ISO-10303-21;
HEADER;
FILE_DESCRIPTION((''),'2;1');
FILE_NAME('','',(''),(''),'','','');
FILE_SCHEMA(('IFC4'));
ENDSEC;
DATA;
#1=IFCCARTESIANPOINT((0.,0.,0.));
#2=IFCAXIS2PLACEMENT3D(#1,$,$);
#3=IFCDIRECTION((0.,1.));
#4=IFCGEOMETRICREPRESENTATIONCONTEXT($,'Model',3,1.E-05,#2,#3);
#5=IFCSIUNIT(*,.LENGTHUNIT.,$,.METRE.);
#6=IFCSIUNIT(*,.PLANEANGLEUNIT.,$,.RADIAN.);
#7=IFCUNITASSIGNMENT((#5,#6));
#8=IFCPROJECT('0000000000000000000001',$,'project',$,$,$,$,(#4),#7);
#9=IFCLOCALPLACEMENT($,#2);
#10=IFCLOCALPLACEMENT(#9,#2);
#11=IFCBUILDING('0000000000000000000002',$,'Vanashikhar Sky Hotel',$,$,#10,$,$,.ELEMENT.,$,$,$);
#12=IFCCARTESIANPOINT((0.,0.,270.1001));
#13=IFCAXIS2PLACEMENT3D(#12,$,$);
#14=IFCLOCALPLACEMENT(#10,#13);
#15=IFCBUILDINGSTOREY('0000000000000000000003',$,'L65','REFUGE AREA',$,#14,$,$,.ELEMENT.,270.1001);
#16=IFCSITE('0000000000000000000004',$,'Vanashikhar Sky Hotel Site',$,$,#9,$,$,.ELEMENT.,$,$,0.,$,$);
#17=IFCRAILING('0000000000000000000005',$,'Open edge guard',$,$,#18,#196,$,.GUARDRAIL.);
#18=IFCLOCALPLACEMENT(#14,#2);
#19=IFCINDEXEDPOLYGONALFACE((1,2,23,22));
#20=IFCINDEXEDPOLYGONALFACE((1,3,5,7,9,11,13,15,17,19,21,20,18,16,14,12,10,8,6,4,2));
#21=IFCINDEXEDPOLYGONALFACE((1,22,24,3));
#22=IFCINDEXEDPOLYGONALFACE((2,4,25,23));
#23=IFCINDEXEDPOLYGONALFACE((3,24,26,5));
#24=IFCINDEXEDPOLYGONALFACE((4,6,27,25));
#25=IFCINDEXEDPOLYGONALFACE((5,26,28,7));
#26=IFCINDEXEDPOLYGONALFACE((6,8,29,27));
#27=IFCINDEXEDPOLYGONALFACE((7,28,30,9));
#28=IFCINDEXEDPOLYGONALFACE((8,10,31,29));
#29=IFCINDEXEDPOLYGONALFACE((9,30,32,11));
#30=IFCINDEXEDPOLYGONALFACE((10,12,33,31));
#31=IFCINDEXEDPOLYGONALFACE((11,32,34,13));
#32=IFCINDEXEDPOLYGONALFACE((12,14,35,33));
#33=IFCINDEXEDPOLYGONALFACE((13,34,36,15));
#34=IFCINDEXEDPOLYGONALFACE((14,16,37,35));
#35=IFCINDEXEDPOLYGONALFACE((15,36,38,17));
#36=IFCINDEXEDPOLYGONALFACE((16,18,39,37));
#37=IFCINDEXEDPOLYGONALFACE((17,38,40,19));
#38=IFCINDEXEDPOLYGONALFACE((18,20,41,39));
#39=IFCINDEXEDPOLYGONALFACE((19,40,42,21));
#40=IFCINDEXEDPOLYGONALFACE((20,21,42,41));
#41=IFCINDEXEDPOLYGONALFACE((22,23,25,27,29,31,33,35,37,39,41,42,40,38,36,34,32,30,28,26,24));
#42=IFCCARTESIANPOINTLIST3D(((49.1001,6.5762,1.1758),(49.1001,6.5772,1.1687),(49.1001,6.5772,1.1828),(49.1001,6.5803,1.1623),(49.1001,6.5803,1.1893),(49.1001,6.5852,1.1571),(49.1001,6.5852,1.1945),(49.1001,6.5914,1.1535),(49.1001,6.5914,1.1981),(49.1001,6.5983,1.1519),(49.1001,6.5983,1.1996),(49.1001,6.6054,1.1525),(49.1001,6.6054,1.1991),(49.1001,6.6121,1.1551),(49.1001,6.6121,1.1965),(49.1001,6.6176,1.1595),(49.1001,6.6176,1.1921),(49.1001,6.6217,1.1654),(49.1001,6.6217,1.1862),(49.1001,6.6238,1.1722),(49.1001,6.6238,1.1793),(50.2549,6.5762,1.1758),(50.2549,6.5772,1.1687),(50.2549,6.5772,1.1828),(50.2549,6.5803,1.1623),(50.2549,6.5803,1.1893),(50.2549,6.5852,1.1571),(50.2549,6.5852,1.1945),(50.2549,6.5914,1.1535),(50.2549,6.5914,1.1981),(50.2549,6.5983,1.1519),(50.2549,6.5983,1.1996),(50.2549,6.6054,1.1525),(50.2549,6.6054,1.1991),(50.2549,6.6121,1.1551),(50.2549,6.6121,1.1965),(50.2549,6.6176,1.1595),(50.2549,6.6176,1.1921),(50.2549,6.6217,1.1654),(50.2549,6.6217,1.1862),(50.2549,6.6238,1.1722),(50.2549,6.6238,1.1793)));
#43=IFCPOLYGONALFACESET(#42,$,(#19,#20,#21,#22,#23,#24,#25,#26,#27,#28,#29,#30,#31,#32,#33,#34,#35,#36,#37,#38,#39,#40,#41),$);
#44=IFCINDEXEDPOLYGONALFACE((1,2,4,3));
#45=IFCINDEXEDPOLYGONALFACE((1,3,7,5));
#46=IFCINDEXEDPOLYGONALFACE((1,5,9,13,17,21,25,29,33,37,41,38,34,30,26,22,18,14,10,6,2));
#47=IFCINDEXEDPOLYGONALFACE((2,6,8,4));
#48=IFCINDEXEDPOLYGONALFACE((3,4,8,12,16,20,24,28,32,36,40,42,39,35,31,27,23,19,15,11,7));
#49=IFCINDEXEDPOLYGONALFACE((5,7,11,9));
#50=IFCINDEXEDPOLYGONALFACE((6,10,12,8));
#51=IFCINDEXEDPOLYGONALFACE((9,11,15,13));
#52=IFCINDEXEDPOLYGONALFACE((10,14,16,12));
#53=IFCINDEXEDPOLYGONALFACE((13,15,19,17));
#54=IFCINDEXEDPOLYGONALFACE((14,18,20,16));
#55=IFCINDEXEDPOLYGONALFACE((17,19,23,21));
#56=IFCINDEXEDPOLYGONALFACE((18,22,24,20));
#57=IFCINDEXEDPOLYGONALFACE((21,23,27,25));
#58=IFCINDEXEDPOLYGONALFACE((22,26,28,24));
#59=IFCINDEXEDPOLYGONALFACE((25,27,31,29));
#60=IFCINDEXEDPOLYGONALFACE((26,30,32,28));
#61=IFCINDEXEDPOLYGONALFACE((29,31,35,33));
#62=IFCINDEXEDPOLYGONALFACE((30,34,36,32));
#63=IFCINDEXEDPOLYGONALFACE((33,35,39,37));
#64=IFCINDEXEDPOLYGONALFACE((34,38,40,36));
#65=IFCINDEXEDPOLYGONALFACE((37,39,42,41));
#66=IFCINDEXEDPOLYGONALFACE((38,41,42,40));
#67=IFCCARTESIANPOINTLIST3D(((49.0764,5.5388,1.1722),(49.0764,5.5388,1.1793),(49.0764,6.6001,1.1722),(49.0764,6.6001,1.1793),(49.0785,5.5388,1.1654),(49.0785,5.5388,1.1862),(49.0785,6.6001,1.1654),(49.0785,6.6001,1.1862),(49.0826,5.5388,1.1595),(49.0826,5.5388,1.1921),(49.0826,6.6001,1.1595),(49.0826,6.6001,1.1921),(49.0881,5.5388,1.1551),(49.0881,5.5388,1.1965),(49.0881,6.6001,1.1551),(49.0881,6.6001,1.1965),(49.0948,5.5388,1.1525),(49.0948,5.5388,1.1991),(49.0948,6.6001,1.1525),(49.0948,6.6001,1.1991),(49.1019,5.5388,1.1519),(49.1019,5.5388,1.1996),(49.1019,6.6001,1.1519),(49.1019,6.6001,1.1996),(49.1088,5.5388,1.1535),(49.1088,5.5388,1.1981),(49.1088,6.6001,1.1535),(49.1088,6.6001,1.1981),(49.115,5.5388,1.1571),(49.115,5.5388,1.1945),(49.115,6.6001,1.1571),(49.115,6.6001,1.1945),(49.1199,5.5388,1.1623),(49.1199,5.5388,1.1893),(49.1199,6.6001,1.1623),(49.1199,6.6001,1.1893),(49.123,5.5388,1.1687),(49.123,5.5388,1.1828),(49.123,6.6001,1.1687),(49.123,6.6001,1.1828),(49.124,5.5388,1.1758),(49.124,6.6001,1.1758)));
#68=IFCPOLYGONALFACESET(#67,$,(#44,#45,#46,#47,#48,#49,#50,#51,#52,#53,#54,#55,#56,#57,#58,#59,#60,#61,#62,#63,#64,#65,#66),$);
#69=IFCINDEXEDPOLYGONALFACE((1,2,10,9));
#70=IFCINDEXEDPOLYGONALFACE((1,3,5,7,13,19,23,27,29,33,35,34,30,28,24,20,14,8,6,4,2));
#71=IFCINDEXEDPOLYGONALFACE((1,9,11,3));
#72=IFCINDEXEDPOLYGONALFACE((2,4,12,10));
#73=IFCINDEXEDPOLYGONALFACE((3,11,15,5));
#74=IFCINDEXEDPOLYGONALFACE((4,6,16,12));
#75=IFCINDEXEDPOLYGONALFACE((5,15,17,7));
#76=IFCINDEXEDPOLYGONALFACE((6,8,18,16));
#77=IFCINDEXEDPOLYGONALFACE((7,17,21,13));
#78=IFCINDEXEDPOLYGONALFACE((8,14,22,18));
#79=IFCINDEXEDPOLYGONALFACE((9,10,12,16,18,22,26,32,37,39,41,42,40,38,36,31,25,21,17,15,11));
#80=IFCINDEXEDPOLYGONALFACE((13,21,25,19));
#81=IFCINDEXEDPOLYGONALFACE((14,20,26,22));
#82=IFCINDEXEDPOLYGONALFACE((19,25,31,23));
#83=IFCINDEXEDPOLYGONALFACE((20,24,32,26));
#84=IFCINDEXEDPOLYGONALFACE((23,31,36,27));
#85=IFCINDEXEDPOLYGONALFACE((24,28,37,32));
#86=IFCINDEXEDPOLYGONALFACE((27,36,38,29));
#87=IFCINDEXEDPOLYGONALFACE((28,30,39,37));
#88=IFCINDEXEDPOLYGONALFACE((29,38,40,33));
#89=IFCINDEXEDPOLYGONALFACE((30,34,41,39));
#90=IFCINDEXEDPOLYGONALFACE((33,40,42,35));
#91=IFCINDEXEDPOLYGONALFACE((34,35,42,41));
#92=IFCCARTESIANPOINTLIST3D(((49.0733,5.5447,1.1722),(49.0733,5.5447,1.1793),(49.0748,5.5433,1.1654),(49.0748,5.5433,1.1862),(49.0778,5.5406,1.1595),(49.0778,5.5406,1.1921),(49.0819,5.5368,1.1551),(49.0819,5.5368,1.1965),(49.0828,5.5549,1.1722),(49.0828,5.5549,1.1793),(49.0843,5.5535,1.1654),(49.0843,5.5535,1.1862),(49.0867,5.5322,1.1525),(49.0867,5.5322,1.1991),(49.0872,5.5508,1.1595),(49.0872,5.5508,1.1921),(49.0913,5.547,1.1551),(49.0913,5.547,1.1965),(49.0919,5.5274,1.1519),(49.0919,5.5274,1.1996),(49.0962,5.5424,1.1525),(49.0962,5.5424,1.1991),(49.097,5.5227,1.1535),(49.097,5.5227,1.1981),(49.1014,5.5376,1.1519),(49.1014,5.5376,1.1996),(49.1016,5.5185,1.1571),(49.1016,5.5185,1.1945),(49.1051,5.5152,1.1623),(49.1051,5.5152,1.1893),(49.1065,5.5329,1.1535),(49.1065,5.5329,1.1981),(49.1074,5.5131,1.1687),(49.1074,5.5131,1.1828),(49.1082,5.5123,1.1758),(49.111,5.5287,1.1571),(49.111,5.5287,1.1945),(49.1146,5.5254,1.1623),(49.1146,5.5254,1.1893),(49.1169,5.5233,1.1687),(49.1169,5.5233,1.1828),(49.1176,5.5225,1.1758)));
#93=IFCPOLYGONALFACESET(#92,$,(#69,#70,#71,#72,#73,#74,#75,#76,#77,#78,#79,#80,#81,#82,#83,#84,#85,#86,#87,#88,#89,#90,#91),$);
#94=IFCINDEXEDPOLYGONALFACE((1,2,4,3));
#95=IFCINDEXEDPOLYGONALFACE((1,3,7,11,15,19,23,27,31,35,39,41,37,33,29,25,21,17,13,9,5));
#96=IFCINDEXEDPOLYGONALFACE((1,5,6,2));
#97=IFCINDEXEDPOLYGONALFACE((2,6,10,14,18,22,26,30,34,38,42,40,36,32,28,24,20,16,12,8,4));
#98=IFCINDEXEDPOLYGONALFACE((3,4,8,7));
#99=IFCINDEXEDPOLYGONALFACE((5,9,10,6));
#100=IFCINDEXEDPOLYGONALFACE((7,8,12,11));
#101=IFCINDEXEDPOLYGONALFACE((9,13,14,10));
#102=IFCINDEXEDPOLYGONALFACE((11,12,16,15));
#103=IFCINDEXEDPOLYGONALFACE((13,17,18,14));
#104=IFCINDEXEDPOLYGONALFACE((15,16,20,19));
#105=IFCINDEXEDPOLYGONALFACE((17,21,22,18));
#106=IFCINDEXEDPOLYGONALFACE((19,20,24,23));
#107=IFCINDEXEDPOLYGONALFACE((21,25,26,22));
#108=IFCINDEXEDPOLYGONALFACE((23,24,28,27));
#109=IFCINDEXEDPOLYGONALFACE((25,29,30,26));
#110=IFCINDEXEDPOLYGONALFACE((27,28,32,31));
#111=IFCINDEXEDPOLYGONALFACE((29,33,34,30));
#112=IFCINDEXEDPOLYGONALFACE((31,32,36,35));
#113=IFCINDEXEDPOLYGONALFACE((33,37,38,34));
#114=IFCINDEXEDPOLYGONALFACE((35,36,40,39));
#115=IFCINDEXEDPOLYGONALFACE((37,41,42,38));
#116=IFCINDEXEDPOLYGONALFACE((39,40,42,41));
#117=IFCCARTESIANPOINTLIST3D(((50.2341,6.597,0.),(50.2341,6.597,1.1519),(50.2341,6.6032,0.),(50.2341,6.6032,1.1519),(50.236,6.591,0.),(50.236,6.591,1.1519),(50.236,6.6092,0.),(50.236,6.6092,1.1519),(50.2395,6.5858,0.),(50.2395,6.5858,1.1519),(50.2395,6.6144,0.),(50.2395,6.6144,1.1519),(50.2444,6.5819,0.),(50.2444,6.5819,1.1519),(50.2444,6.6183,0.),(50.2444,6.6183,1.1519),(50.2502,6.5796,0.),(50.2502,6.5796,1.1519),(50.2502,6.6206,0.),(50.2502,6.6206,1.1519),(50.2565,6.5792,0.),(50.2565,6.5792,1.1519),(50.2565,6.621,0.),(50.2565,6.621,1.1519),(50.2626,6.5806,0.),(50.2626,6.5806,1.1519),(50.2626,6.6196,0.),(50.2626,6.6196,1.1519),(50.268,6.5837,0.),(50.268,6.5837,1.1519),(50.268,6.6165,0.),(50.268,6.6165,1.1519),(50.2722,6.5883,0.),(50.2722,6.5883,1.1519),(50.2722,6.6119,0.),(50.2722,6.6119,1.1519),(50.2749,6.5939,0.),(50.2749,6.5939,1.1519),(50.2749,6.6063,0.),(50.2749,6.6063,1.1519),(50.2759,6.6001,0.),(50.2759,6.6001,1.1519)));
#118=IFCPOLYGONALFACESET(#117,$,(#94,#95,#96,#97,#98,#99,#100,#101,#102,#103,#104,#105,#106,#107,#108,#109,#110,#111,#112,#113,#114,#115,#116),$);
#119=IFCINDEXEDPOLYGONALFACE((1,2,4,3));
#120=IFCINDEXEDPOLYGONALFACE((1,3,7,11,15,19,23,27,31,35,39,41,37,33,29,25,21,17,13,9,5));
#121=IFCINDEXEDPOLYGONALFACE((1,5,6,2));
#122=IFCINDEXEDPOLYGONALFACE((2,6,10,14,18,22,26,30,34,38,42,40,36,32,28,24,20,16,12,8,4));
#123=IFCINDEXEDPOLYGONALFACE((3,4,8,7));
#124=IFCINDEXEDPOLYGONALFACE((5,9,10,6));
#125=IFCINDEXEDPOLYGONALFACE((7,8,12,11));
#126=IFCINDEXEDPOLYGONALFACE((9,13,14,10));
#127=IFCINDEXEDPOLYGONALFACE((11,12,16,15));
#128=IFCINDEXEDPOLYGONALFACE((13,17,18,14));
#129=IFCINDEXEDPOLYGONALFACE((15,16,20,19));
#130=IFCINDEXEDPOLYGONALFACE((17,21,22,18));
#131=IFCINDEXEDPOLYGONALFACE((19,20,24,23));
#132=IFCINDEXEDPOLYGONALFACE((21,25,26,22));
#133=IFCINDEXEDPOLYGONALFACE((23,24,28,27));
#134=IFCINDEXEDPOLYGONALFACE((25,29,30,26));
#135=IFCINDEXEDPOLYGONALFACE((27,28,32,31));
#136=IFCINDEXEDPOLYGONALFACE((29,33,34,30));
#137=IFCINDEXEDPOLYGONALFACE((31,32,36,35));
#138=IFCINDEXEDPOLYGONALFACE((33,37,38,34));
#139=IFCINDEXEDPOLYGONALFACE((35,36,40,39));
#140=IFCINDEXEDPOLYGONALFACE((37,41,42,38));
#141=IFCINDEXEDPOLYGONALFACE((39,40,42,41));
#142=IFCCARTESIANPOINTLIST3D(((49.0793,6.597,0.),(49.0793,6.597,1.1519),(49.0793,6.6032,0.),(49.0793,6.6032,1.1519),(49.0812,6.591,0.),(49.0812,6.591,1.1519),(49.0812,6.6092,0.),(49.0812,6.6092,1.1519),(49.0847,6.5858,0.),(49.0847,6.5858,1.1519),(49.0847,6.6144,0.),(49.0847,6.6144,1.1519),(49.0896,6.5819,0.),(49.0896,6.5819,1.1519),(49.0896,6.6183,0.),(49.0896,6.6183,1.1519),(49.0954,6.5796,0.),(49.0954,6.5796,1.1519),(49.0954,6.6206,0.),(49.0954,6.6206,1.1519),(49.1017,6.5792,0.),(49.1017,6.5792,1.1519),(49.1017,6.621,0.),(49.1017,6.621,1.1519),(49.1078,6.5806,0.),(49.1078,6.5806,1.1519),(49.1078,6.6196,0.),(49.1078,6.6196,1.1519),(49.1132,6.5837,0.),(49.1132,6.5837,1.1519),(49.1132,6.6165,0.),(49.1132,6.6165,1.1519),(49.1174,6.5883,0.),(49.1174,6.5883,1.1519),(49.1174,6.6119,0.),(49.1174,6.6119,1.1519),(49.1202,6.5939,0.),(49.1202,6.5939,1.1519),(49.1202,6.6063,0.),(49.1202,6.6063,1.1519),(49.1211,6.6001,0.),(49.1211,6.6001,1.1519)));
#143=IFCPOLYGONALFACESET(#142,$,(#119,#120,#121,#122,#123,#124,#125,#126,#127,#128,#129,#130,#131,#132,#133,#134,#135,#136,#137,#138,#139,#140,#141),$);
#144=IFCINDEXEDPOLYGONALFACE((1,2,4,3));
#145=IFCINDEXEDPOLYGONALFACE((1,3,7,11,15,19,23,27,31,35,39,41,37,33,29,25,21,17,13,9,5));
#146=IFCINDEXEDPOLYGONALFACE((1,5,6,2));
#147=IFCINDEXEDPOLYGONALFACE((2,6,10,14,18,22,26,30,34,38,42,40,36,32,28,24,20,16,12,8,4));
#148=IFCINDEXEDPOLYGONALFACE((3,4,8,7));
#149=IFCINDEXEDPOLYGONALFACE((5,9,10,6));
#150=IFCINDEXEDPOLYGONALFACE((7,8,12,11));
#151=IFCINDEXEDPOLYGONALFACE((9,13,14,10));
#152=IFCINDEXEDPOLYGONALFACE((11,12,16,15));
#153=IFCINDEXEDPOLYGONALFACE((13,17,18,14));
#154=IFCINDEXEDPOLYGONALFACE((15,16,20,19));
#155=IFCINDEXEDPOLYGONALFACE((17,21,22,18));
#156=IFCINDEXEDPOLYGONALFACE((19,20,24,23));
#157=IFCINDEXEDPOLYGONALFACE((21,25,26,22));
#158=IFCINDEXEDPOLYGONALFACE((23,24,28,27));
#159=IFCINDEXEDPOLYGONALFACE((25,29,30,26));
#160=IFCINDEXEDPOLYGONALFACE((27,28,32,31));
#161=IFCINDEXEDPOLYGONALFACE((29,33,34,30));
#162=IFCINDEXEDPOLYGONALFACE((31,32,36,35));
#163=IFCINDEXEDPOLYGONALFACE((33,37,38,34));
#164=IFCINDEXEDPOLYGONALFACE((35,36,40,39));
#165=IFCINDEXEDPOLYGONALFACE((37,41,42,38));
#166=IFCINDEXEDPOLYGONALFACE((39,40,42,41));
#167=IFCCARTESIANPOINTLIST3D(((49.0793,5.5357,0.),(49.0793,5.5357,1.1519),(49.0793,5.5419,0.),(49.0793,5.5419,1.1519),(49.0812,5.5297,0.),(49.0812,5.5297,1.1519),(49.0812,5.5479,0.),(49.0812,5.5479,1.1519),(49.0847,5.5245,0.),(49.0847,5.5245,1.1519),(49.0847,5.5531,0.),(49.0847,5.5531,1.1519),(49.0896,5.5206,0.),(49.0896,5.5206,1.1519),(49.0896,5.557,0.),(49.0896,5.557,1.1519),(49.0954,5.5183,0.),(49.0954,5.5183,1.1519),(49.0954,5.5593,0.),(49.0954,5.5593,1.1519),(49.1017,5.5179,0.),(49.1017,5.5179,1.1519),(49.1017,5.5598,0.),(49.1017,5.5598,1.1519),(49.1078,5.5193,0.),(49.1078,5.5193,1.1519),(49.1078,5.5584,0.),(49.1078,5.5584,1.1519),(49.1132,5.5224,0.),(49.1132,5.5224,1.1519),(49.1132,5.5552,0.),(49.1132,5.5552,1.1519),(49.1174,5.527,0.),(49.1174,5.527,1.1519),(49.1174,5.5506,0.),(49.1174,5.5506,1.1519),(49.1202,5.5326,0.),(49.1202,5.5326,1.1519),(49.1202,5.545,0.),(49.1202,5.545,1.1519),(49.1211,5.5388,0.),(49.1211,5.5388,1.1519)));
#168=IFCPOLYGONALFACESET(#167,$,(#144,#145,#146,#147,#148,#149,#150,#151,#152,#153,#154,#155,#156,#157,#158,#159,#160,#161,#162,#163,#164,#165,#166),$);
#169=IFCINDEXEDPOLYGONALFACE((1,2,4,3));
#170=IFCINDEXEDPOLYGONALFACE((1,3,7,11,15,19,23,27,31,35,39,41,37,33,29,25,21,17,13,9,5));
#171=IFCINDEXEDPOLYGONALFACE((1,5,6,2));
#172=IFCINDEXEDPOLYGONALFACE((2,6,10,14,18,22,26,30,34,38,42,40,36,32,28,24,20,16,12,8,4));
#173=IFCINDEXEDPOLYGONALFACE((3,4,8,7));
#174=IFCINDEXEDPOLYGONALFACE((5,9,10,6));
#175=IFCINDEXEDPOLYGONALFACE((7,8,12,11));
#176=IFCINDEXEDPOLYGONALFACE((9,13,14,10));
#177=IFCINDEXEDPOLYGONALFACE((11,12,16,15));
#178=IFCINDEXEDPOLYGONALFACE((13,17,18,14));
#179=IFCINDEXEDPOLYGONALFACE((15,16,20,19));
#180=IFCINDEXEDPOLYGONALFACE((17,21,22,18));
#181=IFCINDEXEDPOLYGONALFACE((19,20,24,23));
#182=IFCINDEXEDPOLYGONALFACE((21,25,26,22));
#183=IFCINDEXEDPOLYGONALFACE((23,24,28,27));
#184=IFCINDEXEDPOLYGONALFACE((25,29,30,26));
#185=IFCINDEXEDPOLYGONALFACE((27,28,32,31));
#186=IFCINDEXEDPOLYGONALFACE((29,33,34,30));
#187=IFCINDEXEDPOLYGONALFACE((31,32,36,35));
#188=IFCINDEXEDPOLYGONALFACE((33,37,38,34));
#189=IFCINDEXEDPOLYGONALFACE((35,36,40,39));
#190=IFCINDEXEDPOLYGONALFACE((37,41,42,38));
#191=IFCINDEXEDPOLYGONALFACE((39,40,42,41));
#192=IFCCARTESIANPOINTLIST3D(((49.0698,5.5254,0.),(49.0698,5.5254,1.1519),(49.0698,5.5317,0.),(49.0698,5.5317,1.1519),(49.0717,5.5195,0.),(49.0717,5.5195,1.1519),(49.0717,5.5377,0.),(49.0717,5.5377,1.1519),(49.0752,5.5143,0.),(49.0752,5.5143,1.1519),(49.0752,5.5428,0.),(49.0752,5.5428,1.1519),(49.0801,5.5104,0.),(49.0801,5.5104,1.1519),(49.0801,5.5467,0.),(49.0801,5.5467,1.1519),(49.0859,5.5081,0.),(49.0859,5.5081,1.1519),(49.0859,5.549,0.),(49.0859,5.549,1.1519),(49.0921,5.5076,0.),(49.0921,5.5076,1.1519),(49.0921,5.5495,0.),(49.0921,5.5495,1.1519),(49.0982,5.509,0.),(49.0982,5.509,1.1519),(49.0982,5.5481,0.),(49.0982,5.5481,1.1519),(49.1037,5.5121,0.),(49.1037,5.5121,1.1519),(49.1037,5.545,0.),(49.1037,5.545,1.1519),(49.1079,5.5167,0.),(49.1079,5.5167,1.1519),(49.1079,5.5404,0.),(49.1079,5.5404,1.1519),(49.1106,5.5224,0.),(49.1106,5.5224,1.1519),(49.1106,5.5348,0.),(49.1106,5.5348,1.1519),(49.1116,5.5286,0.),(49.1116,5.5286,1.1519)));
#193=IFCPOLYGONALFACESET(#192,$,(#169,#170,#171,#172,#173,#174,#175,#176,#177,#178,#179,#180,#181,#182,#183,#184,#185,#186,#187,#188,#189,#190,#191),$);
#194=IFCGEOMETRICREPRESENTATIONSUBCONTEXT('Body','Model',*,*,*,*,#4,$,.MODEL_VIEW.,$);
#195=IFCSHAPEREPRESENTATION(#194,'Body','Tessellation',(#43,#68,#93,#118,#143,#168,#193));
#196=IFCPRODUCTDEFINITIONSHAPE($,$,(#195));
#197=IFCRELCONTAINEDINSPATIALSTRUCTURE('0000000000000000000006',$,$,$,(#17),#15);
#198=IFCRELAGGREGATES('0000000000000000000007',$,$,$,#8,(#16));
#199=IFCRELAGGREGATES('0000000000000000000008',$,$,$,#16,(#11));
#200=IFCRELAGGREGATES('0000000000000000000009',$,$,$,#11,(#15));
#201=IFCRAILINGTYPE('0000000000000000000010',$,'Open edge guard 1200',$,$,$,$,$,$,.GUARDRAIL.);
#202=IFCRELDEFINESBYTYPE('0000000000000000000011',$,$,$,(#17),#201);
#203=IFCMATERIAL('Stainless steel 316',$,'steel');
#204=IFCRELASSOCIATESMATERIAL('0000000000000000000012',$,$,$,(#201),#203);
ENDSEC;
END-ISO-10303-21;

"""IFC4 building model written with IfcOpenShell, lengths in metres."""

from ifc_helpers import new_model, si_unit, direction, frame, origin, origin_2d, place, context, subcontext, project, spatial, circle, extrude, source, transform, mapped, material, type_object, element, save


model = new_model("IFC4")

# Units and contexts
model_context = context("Model", 3, precision=1e-05, world=origin(), true_north=direction((0.0, 1.0)))
body_context = subcontext(model_context, "Body", "Model", "MODEL_VIEW")
ifc_project = project(units=[si_unit("LENGTHUNIT", "METRE"), si_unit("PLANEANGLEUNIT", "RADIAN")], contexts=[model_context])

# Site, building, storey
site_placement = place(None, origin())
site = spatial("IfcSite", under=ifc_project, at=site_placement, Name="Vanashikhar Sky Hotel Site", CompositionType="ELEMENT", RefElevation=0.0)
building_placement = place(site_placement, origin())
building = spatial("IfcBuilding", under=site, at=building_placement, Name="Vanashikhar Sky Hotel", CompositionType="ELEMENT")
storey_placement = place(building_placement, frame((0.0, 0.0, 270.1001)))
storey = spatial("IfcBuildingStorey", under=building, at=storey_placement, Name="L65", Description="REFUGE AREA", CompositionType="ELEMENT", Elevation=270.1001)

# Railing
ifc_material_1 = material(Name="Stainless steel 316", Category="steel")
railing_type = type_object("IfcRailingType", Name="Open edge guard 1200", PredefinedType="GUARDRAIL", material=ifc_material_1)
shared_shape_1 = source(origin(), body_context, "Body", "SweptSolid", [
    extrude(circle(Radius=0.0239, at=origin_2d()), frame((0.0, 0.0, 1.1758), z_axis=(-1.0, 0.0, 0.0), x_axis=(0.0, -1.0, 0.0)), (0.0, 0.0, 1.0), 1.1548),
    extrude(circle(Radius=0.0239, at=origin_2d()), frame((-1.1548, 0.0, 1.1758), z_axis=(0.0, -1.0, 0.0), x_axis=(1.0, 0.0, 0.0)), (0.0, 0.0, 1.0), 1.0613),
    extrude(circle(Radius=0.0239, at=origin_2d()), frame((-1.1548, -1.0613, 1.1758), z_axis=(-0.680451, -0.732793, 0.0), x_axis=(0.732793, -0.680451, 0.0)), (0.0, 0.0, 1.0), 0.0139),
    extrude(circle(Radius=0.021, at=origin_2d()), origin(), (0.0, 0.0, 1.0), 1.1519),
    extrude(circle(Radius=0.021, at=origin_2d()), frame((-1.1548, 0.0, 0.0)), (0.0, 0.0, 1.0), 1.1519),
    extrude(circle(Radius=0.021, at=origin_2d()), frame((-1.1548, -1.0613, 0.0)), (0.0, 0.0, 1.0), 1.1519),
    extrude(circle(Radius=0.021, at=origin_2d()), frame((-1.1643, -1.0715, 0.0)), (0.0, 0.0, 1.0), 1.1519),
])
railing_1_placement = place(storey_placement, frame((50.2549, 6.6001, 0.0)))
element("IfcRailing", 1, at=railing_1_placement, inside=storey, type_object=railing_type, Name="Open edge guard", PredefinedType="GUARDRAIL", context=body_context, shape_type="MappedRepresentation", body=[
    mapped(shared_shape_1, transform((0.0, 0.0, 0.0), scale=1.0)),
])

save(model, "model.ifc")
